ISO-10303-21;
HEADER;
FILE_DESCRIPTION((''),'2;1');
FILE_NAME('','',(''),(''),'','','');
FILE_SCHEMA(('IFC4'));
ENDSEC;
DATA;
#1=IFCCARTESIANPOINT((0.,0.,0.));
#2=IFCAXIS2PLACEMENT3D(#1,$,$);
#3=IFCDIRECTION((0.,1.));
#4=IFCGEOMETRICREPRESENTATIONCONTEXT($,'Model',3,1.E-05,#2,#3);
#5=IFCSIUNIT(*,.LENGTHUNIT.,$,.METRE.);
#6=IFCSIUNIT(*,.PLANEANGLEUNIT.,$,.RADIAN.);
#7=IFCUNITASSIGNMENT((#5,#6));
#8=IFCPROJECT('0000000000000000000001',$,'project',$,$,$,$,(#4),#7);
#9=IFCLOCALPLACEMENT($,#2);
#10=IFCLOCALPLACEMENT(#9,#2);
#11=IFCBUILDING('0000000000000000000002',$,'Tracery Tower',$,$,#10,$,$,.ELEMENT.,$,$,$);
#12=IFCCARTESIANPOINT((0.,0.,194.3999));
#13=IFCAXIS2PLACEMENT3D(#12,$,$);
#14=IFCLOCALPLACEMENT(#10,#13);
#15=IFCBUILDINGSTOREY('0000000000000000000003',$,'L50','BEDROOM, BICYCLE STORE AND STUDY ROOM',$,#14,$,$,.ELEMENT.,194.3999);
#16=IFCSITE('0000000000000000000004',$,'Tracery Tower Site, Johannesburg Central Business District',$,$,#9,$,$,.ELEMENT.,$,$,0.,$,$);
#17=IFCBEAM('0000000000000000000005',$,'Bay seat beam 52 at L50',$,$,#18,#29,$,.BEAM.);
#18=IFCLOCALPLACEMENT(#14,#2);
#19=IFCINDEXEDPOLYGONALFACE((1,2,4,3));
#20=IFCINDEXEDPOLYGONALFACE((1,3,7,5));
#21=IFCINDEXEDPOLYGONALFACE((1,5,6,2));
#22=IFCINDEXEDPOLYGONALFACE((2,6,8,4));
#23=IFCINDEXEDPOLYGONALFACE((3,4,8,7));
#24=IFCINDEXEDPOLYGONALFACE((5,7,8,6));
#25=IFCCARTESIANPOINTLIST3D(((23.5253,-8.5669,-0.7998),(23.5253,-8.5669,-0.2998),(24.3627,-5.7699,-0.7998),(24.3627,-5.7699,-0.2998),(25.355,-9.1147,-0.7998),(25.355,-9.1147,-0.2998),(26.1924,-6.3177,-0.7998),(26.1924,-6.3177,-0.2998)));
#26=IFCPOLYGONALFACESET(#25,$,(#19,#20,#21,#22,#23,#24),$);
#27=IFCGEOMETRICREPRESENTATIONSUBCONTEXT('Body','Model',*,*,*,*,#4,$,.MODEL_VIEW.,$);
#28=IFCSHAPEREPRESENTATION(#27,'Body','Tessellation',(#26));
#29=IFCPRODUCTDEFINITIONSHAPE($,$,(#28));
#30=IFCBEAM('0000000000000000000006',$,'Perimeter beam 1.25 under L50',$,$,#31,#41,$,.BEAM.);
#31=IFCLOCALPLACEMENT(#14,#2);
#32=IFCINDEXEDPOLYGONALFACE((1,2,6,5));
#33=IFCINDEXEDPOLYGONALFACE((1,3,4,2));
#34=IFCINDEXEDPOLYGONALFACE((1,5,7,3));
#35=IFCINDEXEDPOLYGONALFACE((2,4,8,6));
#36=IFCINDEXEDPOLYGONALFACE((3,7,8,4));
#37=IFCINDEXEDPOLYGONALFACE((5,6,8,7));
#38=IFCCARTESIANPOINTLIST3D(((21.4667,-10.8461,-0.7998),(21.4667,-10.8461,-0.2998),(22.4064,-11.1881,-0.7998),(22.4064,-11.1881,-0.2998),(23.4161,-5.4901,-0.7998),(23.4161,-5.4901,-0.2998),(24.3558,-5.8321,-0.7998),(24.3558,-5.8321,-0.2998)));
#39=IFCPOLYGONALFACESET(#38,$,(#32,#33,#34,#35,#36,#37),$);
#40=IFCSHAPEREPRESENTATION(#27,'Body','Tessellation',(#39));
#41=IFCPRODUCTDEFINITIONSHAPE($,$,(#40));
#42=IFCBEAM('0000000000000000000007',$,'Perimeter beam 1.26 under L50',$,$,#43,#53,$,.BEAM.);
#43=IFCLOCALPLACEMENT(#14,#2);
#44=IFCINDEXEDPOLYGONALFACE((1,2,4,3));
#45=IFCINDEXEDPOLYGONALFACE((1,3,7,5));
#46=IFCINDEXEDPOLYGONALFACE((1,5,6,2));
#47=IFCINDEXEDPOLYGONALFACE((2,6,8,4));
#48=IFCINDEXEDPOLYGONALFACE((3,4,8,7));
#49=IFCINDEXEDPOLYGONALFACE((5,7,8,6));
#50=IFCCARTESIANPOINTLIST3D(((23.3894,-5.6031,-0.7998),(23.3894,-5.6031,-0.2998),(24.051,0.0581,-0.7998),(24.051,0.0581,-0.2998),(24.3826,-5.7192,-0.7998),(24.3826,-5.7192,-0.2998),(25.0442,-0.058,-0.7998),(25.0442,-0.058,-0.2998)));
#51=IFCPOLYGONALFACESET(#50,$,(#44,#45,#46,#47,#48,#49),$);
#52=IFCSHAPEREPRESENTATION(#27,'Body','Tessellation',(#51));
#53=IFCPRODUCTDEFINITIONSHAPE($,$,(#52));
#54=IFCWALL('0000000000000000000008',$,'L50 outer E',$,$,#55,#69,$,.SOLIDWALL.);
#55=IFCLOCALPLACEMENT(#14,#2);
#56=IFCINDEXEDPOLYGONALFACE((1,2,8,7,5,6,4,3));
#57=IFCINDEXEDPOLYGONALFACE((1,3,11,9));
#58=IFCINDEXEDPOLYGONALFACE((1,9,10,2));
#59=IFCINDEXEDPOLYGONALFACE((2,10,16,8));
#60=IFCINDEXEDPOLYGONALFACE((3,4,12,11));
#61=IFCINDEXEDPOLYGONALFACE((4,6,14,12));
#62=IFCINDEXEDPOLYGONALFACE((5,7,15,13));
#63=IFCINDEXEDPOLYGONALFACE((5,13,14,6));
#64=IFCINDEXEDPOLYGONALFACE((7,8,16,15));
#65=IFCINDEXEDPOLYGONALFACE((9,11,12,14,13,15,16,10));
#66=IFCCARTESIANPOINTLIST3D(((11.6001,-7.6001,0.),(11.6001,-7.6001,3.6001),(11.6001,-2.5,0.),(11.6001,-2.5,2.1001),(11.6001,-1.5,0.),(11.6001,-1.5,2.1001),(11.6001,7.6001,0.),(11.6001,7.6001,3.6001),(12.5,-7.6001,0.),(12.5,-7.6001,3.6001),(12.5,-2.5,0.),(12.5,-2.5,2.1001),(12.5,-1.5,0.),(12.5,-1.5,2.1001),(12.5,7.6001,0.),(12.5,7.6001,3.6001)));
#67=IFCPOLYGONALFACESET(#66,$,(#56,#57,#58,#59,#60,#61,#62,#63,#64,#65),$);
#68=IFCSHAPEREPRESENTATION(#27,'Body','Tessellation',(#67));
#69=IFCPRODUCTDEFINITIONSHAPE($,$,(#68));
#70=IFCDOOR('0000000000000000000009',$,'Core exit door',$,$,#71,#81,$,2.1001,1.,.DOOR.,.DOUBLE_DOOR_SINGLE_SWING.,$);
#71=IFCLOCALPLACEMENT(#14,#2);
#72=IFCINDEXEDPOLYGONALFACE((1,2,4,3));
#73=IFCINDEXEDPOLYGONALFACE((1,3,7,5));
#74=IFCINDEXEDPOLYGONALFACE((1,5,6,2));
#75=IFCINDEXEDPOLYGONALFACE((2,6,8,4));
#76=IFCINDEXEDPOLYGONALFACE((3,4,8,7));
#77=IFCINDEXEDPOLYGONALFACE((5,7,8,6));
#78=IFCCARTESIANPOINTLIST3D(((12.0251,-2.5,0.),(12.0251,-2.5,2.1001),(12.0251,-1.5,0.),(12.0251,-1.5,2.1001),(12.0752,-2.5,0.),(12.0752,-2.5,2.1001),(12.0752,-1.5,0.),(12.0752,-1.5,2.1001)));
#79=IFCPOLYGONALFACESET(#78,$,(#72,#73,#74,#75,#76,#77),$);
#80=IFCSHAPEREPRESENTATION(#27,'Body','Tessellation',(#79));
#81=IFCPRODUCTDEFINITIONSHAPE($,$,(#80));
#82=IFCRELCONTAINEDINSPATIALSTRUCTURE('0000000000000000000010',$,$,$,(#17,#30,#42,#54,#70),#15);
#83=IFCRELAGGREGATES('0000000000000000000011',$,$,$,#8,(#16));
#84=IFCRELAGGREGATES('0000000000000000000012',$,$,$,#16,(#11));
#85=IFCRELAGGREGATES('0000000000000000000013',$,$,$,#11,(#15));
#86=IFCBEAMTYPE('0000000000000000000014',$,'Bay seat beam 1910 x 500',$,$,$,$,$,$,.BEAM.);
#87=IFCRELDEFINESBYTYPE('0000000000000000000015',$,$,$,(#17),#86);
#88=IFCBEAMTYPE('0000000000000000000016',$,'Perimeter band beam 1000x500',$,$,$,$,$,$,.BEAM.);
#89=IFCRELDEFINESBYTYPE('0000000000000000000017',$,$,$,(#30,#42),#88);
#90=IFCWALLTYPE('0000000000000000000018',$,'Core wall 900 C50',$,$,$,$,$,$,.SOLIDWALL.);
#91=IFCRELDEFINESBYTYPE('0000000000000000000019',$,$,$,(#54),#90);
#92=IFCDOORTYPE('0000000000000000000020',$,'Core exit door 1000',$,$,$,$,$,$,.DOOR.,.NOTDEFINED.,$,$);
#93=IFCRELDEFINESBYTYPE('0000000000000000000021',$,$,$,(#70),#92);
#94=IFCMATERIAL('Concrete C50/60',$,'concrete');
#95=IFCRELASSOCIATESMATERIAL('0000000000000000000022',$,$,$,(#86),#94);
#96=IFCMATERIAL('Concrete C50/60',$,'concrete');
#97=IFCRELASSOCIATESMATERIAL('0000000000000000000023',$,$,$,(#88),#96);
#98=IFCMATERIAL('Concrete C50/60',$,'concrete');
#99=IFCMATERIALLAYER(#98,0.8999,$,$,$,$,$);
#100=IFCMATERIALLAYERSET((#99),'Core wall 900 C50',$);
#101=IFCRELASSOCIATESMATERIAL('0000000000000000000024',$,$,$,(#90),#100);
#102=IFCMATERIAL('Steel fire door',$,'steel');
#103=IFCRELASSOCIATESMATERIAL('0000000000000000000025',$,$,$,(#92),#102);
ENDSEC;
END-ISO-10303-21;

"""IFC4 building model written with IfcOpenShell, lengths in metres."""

from ifc_helpers import new_model, si_unit, direction, frame, frame_2d, origin, origin_2d, place, context, subcontext, project, spatial, rectangle, extrude, material, layer, layer_set, material_profile, profile_set, type_object, element, fill, save


model = new_model("IFC4")

# Units and contexts
model_context = context("Model", 3, precision=1e-05, world=origin(), true_north=direction((0.0, 1.0)))
body_context = subcontext(model_context, "Body", "Model", "MODEL_VIEW")
ifc_project = project(units=[si_unit("LENGTHUNIT", "METRE"), si_unit("PLANEANGLEUNIT", "RADIAN")], contexts=[model_context])

# Site, building, storey
site_placement = place(None, origin())
site = spatial("IfcSite", under=ifc_project, at=site_placement, Name="Tracery Tower Site, Johannesburg Central Business District", CompositionType="ELEMENT", RefElevation=0.0)
building_placement = place(site_placement, origin())
building = spatial("IfcBuilding", under=site, at=building_placement, Name="Tracery Tower", CompositionType="ELEMENT")
storey_placement = place(building_placement, frame((0.0, 0.0, 194.3999)))
storey = spatial("IfcBuildingStorey", under=building, at=storey_placement, Name="L50", Description="BEDROOM, BICYCLE STORE AND STUDY ROOM", CompositionType="ELEMENT", Elevation=194.3999)

# Beams
ifc_material_1 = material(Name="Concrete C50/60", Category="concrete")
ifc_material_profile_1 = material_profile(ifc_material_1, rectangle(XDim=1.9099, YDim=0.5, at=origin_2d()), Name="RC 1910x500")
ifc_profile_set_1 = profile_set([ifc_material_profile_1], Name="Concrete C50/60")
beam_type_1 = type_object("IfcBeamType", Name="Bay seat beam 1910 x 500", PredefinedType="BEAM", material=ifc_profile_set_1)
beam_placement = place(storey_placement, frame((24.4402, -8.8408, -0.5498), z_axis=(0.286803, 0.95799, 0.0), x_axis=(-0.95799, 0.286803, 0.0)))
element("IfcBeam", 1, at=beam_placement, inside=storey, type_object=beam_type_1, Name="Bay seat beam 52 at L50", PredefinedType="BEAM", context=body_context, shape_type="SweptSolid", body=[
    extrude(rectangle(XDim=1.9099, YDim=0.5, at=origin_2d()), origin(), (0.0, 0.0, 1.0), 2.9197),
])
ifc_material_2 = material(Name="Concrete C50/60", Category="concrete")
ifc_material_profile_2 = material_profile(ifc_material_2, rectangle(XDim=1.0, YDim=0.5, at=origin_2d()), Name="RC 1000x500")
ifc_profile_set_2 = profile_set([ifc_material_profile_2], Name="Concrete C50/60")
beam_type_2 = type_object("IfcBeamType", Name="Perimeter band beam 1000x500", PredefinedType="BEAM", material=ifc_profile_set_2)
for number, where, z_axis, x_axis, name in (
    (2, (21.9365, -11.0171, -0.5498), (0.342029, 0.93969, 0.0), (-0.93969, 0.342029, 0.0), "Perimeter beam 1.25 under L50"),
    (3, (23.886, -5.6611, -0.5498), (0.116081, 0.99324, 0.0), (-0.99324, 0.116081, 0.0), "Perimeter beam 1.26 under L50"),
):
    element("IfcBeam", number, at=place(storey_placement, frame(where, z_axis=z_axis, x_axis=x_axis)), inside=storey, type_object=beam_type_2, Name=name, PredefinedType="BEAM", context=body_context, shape_type="SweptSolid", body=[
        extrude(rectangle(XDim=1.0, YDim=0.5, at=origin_2d()), origin(), (0.0, 0.0, 1.0), 5.6997),
    ])

# Wall, opening, door
ifc_material_3 = material(Name="Concrete C50/60", Category="concrete")
ifc_layer_1 = layer(ifc_material_3, 0.8999)
ifc_layer_set_1 = layer_set([ifc_layer_1], Name="Core wall 900 C50")
wall_type_1 = type_object("IfcWallType", Name="Core wall 900 C50", PredefinedType="SOLIDWALL", material=ifc_layer_set_1)
wall_1_placement = place(storey_placement, frame((12.05, -7.6001, 0.0), z_axis=(0.0, 0.0, 1.0), x_axis=(0.0, 1.0, 0.0)))
wall_1 = element("IfcWall", 4, at=wall_1_placement, inside=storey, type_object=wall_type_1, Name="L50 outer E", PredefinedType="SOLIDWALL", context=body_context, shape_type="SweptSolid", body=[
    extrude(rectangle(XDim=15.2002, YDim=0.8999, at=frame_2d((7.6001, 0.0))), origin(), (0.0, 0.0, 1.0), 3.6001),
])
opening_1_placement = place(wall_1_placement, frame((5.1001, 0.0, 0.0)))
opening_1 = element("IfcOpeningElement", 5, at=opening_1_placement, cuts=wall_1, PredefinedType="OPENING", context=body_context, shape_type="SweptSolid", body=[
    extrude(rectangle(XDim=1.0, YDim=2.1001, at=frame_2d((0.5, 1.05))), frame((0.0, 0.45, 0.0), z_axis=(0.0, -1.0, 0.0), x_axis=(1.0, 0.0, 0.0)), (0.0, 0.0, 1.0), 0.8999),
])
ifc_material_4 = material(Name="Steel fire door", Category="steel")
door_type_1 = type_object("IfcDoorType", Name="Core exit door 1000", OperationType="NOTDEFINED", PredefinedType="DOOR", material=ifc_material_4)
door_1_placement = place(opening_1_placement, origin())
door_1 = element("IfcDoor", 6, at=door_1_placement, inside=storey, type_object=door_type_1, Name="Core exit door", OperationType="DOUBLE_DOOR_SINGLE_SWING", OverallHeight=2.1001, OverallWidth=1.0, PredefinedType="DOOR", context=body_context, shape_type="SweptSolid", body=[
    extrude(rectangle(XDim=1.0, YDim=2.1001, at=frame_2d((0.5, 1.05))), frame((0.0, 0.0249, 0.0), z_axis=(0.0, -1.0, 0.0), x_axis=(1.0, 0.0, 0.0)), (0.0, 0.0, 1.0), 0.05),
])
fill(opening_1, door_1)

save(model, "model.ifc")
